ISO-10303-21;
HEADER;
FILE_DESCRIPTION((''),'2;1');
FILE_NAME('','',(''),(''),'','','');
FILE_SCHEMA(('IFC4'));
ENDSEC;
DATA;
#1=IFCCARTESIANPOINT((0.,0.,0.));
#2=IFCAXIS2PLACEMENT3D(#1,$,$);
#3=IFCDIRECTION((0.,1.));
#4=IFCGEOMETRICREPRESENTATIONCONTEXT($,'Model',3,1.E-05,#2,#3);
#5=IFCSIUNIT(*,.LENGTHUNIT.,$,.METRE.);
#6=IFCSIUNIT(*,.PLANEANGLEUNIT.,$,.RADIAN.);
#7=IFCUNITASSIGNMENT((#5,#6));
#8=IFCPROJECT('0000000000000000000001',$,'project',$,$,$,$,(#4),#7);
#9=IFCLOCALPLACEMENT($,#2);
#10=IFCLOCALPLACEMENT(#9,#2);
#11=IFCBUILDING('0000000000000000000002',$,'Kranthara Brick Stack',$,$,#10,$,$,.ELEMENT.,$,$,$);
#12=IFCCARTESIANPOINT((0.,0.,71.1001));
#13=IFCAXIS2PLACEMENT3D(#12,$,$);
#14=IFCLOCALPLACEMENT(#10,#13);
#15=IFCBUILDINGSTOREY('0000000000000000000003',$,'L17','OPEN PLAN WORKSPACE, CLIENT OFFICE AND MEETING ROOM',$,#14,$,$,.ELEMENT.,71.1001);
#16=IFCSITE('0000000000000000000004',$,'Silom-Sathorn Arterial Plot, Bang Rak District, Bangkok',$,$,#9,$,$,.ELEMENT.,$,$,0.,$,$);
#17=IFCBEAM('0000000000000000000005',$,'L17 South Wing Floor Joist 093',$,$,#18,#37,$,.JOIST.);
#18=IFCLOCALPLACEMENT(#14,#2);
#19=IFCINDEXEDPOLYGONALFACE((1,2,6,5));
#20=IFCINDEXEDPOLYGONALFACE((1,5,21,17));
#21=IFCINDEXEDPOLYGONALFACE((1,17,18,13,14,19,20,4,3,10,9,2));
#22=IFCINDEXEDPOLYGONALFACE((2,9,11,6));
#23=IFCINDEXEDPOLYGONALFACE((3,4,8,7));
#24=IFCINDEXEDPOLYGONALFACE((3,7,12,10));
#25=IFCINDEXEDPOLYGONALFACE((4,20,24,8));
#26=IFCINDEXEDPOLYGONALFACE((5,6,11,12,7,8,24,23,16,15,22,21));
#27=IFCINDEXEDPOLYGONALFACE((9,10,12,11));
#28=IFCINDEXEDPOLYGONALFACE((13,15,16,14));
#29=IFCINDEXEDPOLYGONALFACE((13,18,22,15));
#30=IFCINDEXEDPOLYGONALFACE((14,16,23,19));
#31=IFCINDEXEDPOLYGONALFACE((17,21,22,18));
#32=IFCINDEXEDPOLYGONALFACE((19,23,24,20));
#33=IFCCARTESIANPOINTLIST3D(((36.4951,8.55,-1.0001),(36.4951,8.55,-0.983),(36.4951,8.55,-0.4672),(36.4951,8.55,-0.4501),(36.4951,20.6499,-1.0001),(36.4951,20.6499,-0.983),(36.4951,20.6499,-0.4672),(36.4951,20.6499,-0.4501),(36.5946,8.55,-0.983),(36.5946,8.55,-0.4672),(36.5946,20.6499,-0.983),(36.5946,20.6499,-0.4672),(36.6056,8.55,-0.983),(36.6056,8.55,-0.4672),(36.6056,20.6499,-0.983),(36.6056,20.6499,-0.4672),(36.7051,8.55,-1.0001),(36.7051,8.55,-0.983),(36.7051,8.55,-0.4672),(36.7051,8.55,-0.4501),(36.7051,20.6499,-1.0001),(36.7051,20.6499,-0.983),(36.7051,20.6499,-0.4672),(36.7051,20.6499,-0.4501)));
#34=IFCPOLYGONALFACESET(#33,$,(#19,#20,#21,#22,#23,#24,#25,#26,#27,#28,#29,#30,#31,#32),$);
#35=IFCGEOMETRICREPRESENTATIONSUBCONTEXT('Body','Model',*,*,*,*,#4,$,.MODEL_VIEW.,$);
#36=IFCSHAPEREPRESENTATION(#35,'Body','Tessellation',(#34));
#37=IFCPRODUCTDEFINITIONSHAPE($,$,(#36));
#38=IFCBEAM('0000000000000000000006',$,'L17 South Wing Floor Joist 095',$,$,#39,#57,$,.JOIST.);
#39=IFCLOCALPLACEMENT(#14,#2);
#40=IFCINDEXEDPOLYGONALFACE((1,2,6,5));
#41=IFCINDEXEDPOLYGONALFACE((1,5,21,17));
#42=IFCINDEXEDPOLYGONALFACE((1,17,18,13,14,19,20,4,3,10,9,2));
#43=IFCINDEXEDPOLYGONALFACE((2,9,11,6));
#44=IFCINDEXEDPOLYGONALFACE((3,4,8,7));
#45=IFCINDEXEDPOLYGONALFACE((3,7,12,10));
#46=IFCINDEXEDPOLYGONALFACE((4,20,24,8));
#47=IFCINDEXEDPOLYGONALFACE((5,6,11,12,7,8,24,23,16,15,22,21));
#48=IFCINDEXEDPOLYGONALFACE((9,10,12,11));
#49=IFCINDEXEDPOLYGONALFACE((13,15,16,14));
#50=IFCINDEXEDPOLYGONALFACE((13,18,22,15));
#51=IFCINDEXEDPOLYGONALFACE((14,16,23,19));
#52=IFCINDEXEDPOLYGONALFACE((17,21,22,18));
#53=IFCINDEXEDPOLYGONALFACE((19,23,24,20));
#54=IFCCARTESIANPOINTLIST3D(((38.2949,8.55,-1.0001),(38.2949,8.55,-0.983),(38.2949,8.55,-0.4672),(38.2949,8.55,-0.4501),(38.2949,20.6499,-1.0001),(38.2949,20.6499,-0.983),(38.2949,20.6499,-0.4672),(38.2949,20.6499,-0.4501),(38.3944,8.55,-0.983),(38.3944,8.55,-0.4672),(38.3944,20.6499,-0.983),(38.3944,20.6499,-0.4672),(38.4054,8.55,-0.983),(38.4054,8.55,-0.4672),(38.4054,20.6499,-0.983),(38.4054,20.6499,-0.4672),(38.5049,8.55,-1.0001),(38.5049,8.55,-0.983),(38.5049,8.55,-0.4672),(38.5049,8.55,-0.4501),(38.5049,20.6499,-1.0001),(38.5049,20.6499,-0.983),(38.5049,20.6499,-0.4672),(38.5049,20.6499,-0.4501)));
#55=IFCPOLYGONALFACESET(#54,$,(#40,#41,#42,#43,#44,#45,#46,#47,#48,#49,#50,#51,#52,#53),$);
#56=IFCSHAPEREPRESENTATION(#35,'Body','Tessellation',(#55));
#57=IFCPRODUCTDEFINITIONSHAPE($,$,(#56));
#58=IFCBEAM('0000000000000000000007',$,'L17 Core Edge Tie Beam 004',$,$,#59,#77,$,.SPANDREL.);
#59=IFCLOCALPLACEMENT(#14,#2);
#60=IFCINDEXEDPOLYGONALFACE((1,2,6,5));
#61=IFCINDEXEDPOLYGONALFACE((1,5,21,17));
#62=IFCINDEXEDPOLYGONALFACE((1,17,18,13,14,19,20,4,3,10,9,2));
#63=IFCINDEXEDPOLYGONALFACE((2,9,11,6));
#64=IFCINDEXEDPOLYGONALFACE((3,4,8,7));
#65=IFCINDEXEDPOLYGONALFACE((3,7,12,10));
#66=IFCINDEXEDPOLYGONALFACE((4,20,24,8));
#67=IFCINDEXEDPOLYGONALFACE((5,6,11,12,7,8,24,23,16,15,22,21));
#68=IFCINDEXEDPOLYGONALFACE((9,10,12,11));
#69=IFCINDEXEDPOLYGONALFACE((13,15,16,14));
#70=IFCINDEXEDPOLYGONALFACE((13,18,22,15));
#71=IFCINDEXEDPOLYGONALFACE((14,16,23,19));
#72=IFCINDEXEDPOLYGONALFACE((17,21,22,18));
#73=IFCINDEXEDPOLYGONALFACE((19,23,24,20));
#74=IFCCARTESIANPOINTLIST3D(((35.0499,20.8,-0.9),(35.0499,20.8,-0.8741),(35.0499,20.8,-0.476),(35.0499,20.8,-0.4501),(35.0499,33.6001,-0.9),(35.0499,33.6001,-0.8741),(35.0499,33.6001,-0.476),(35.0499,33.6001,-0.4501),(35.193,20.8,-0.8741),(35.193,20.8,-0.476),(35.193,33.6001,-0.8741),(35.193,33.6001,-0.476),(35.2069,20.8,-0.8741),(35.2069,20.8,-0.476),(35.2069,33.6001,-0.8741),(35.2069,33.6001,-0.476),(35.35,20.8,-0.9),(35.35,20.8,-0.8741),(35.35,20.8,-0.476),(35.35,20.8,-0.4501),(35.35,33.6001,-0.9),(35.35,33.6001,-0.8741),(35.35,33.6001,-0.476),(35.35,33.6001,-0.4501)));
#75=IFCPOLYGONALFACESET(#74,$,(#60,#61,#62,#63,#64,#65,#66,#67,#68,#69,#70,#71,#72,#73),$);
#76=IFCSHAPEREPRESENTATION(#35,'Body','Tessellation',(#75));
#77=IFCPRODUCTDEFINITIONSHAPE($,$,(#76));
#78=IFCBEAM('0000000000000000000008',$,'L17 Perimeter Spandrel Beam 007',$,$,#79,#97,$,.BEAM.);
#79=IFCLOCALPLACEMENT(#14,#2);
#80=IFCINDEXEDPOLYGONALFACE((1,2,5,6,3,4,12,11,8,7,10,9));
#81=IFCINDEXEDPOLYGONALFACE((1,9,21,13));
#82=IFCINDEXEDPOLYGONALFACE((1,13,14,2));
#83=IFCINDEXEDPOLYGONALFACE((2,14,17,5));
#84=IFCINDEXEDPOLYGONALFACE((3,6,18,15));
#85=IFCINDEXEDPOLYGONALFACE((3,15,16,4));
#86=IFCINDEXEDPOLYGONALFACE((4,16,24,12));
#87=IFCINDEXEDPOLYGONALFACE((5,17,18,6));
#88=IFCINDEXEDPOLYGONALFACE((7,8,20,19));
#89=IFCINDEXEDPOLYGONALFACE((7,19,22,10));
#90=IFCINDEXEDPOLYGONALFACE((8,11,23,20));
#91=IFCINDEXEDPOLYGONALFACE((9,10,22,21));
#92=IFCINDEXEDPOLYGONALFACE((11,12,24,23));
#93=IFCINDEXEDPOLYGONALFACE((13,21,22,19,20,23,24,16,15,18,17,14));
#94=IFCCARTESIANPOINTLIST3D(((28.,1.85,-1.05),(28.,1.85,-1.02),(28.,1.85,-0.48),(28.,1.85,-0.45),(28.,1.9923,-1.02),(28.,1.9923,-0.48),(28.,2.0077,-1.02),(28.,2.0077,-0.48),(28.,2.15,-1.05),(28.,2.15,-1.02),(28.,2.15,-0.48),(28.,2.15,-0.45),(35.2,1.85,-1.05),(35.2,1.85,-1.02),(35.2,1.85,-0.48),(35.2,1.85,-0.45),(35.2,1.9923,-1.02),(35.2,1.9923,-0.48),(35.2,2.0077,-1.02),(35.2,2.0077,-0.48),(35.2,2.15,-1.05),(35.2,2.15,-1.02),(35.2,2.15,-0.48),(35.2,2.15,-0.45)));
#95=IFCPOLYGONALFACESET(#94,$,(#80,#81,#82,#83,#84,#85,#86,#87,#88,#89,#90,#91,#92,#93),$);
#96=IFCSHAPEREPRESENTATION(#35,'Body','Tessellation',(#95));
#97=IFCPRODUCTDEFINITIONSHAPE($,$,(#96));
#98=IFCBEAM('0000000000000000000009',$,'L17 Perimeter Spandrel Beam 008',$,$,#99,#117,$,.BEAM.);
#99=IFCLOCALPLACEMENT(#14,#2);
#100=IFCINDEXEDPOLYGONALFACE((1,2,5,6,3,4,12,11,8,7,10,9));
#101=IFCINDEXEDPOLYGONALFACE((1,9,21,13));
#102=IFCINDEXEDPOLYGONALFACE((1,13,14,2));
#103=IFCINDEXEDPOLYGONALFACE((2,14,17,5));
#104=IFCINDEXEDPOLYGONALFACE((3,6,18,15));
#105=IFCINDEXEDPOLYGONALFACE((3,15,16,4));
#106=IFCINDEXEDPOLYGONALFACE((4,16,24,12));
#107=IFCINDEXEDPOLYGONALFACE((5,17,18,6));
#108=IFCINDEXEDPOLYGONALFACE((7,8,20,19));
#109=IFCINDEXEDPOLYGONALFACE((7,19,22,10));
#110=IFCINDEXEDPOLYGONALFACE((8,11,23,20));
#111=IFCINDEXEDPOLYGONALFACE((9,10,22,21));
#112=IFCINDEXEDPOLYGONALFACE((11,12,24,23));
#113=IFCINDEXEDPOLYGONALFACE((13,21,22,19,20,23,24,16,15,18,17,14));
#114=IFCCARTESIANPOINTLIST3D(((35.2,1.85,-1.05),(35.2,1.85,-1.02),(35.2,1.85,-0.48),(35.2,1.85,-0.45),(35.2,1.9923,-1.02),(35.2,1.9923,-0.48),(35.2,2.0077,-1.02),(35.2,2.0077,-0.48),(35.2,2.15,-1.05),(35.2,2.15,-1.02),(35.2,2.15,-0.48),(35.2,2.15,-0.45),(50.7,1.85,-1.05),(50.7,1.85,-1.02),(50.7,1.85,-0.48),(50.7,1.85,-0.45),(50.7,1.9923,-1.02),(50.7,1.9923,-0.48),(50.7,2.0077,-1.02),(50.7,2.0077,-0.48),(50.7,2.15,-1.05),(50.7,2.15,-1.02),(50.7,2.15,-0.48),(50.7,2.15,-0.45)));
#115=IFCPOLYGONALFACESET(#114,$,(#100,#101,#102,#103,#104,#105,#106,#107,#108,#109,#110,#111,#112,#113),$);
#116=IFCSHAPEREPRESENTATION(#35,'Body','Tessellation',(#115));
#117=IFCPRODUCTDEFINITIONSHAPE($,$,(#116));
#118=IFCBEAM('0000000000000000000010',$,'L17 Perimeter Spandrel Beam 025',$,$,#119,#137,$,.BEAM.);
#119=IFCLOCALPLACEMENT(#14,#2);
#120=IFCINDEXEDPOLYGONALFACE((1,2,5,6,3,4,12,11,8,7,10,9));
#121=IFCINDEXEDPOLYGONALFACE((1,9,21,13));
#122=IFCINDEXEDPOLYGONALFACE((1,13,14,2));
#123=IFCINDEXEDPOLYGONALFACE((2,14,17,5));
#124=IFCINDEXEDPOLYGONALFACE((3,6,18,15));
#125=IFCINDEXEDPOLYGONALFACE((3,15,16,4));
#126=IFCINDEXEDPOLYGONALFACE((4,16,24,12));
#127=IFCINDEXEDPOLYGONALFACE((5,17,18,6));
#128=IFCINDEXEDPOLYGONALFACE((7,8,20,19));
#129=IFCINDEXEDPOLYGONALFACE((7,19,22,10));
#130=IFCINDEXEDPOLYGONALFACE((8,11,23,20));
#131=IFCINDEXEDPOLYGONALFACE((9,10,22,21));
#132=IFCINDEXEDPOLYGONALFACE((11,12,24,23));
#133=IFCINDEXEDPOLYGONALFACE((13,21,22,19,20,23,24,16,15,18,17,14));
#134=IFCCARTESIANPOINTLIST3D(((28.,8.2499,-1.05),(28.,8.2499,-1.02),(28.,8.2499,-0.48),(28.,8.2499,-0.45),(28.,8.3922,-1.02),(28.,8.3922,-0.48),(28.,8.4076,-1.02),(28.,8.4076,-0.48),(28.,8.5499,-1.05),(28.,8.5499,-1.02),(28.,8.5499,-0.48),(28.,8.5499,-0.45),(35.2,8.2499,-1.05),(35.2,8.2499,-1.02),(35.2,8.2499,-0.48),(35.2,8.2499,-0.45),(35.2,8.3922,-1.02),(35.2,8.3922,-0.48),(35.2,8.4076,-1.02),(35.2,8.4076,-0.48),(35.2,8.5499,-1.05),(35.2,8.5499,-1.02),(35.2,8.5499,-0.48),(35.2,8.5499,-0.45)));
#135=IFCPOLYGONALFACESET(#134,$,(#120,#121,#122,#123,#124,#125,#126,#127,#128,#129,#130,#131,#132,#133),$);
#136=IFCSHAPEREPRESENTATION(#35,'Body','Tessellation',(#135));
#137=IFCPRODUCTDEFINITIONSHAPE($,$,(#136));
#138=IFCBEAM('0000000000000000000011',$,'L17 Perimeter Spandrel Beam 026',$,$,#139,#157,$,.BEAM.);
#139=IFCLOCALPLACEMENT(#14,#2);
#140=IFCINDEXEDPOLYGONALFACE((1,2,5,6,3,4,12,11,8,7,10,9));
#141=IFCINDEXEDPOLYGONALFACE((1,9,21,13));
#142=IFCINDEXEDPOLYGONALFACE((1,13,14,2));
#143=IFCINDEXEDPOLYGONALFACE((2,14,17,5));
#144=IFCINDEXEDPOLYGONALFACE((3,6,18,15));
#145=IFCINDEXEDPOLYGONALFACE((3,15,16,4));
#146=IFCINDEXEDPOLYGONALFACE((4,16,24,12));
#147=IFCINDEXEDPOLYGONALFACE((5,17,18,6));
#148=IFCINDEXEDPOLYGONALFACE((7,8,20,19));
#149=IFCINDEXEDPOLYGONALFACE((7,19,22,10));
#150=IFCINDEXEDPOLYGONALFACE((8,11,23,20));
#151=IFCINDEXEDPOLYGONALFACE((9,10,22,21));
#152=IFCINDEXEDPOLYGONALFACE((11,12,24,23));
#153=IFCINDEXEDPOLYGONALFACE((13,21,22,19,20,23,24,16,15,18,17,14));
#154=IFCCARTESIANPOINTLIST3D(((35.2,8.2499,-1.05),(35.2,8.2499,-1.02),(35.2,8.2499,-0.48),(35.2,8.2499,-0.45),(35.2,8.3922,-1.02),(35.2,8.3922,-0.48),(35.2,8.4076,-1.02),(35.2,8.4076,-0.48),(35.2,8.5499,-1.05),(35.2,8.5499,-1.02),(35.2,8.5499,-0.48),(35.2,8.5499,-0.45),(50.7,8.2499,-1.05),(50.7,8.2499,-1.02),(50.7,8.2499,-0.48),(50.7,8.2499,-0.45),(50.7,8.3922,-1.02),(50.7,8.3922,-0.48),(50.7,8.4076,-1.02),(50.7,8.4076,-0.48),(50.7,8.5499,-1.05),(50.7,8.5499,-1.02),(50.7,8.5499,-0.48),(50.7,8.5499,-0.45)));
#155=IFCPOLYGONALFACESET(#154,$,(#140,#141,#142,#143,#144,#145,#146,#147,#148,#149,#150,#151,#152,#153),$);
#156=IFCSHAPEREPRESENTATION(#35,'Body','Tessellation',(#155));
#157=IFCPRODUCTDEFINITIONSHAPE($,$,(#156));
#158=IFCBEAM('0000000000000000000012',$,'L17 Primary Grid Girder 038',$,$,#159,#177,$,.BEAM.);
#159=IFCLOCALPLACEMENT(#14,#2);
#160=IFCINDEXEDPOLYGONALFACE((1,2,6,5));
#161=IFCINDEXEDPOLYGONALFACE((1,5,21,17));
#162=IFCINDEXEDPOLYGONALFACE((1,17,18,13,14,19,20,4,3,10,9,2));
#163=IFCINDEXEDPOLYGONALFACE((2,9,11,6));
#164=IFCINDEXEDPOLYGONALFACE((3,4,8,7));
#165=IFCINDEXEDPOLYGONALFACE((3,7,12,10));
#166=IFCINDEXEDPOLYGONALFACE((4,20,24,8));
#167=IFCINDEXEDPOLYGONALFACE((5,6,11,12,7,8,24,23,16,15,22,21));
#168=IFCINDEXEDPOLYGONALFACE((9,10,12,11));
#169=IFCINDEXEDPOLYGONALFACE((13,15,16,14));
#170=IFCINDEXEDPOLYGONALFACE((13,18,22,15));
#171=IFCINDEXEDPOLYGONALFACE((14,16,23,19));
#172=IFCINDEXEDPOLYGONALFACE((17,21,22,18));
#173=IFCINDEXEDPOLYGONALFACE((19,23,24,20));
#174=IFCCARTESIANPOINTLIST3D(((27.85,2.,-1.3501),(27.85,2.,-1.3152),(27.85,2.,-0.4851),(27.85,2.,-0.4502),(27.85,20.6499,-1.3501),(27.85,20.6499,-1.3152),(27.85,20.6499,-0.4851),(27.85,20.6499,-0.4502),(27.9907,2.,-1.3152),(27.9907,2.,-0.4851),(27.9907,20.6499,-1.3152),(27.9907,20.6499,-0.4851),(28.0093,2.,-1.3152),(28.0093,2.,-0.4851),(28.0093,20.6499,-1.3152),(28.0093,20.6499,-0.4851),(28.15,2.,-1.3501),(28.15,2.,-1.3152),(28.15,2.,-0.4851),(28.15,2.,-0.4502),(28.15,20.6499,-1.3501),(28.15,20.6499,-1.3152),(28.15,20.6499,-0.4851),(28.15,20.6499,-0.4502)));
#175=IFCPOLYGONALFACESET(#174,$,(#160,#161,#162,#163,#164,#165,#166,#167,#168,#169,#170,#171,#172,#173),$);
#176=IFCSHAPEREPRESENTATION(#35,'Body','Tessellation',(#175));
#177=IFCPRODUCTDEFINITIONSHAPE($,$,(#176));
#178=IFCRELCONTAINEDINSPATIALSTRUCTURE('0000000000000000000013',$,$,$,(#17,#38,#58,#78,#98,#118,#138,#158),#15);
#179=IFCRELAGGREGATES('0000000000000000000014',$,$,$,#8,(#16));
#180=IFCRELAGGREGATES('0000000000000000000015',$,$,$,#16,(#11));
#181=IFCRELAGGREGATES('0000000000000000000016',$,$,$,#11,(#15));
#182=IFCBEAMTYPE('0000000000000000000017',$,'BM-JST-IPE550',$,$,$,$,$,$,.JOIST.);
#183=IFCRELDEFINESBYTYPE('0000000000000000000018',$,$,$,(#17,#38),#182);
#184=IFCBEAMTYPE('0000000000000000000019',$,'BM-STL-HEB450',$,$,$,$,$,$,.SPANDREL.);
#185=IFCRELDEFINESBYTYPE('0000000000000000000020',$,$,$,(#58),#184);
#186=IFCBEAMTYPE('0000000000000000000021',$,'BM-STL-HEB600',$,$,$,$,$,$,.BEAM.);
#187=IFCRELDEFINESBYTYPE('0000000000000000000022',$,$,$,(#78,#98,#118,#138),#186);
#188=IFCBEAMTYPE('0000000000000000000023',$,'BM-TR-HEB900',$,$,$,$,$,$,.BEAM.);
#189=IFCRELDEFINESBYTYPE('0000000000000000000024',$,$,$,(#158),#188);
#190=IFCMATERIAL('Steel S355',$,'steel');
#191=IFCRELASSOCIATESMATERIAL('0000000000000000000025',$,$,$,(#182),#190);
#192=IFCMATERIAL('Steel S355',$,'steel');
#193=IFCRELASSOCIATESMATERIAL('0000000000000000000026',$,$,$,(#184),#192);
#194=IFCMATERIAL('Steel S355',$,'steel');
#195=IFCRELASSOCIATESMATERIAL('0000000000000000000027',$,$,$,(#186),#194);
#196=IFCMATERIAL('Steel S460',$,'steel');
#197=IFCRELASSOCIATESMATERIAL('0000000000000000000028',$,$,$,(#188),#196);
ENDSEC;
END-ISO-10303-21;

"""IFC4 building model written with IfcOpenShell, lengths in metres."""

from ifc_helpers import new_model, si_unit, direction, frame, origin, origin_2d, place, context, subcontext, project, spatial, i_section, extrude, material, material_profile, profile_set, type_object, element, save


model = new_model("IFC4")

# Units and contexts
model_context = context("Model", 3, precision=1e-05, world=origin(), true_north=direction((0.0, 1.0)))
body_context = subcontext(model_context, "Body", "Model", "MODEL_VIEW")
ifc_project = project(units=[si_unit("LENGTHUNIT", "METRE"), si_unit("PLANEANGLEUNIT", "RADIAN")], contexts=[model_context])

# Site, building, storey
site_placement = place(None, origin())
site = spatial("IfcSite", under=ifc_project, at=site_placement, Name="Silom-Sathorn Arterial Plot, Bang Rak District, Bangkok", CompositionType="ELEMENT", RefElevation=0.0)
building_placement = place(site_placement, origin())
building = spatial("IfcBuilding", under=site, at=building_placement, Name="Kranthara Brick Stack", CompositionType="ELEMENT")
storey_placement = place(building_placement, frame((0.0, 0.0, 71.1001)))
storey = spatial("IfcBuildingStorey", under=building, at=storey_placement, Name="L17", Description="OPEN PLAN WORKSPACE, CLIENT OFFICE AND MEETING ROOM", CompositionType="ELEMENT", Elevation=71.1001)

# Beams
ifc_material_1 = material(Name="Steel S355", Category="steel")
ifc_material_profile_1 = material_profile(ifc_material_1, i_section(OverallWidth=0.21, OverallDepth=0.55, WebThickness=0.011, FlangeThickness=0.0171, at=origin_2d()), Name="IPE 550")
ifc_profile_set_1 = profile_set([ifc_material_profile_1], Name="Steel S355")
beam_type_1 = type_object("IfcBeamType", Name="BM-JST-IPE550", PredefinedType="JOIST", material=ifc_profile_set_1)
for number, where, z_axis, x_axis, name in (
    (1, (36.6001, 8.55, -0.7251), (0.0, 1.0, 0.0), (-1.0, 0.0, 0.0), "L17 South Wing Floor Joist 093"),
    (2, (38.3999, 8.55, -0.7251), (0.0, 1.0, 0.0), (-1.0, 0.0, 0.0), "L17 South Wing Floor Joist 095"),
):
    element("IfcBeam", number, at=place(storey_placement, frame(where, z_axis=z_axis, x_axis=x_axis)), inside=storey, type_object=beam_type_1, Name=name, PredefinedType="JOIST", context=body_context, shape_type="SweptSolid", body=[
        extrude(i_section(OverallWidth=0.21, OverallDepth=0.55, WebThickness=0.011, FlangeThickness=0.0171, at=origin_2d()), origin(), (0.0, 0.0, 1.0), 12.0999),
    ])
ifc_material_2 = material(Name="Steel S355", Category="steel")
ifc_material_profile_2 = material_profile(ifc_material_2, i_section(OverallWidth=0.3, OverallDepth=0.45, WebThickness=0.0139, FlangeThickness=0.0259, at=origin_2d()), Name="HEB 450")
ifc_profile_set_2 = profile_set([ifc_material_profile_2], Name="Steel S355")
beam_type_2 = type_object("IfcBeamType", Name="BM-STL-HEB450", PredefinedType="SPANDREL", material=ifc_profile_set_2)
beam_1_placement = place(storey_placement, frame((35.2, 20.8, -0.675), z_axis=(0.0, 1.0, 0.0), x_axis=(-1.0, 0.0, 0.0)))
element("IfcBeam", 3, at=beam_1_placement, inside=storey, type_object=beam_type_2, Name="L17 Core Edge Tie Beam 004", PredefinedType="SPANDREL", context=body_context, shape_type="SweptSolid", body=[
    extrude(i_section(OverallWidth=0.3, OverallDepth=0.45, WebThickness=0.0139, FlangeThickness=0.0259, at=origin_2d()), origin(), (0.0, 0.0, 1.0), 12.8),
])
ifc_material_3 = material(Name="Steel S355", Category="steel")
ifc_material_profile_3 = material_profile(ifc_material_3, i_section(OverallWidth=0.3, OverallDepth=0.6001, WebThickness=0.0154, FlangeThickness=0.03, at=origin_2d()), Name="HEB 600")
ifc_profile_set_3 = profile_set([ifc_material_profile_3], Name="Steel S355")
beam_type_3 = type_object("IfcBeamType", Name="BM-STL-HEB600", PredefinedType="BEAM", material=ifc_profile_set_3)
beam_2_placement = place(storey_placement, frame((28.0, 2.0, -0.75), z_axis=(1.0, 0.0, 0.0), x_axis=(0.0, 1.0, 0.0)))
element("IfcBeam", 4, at=beam_2_placement, inside=storey, type_object=beam_type_3, Name="L17 Perimeter Spandrel Beam 007", PredefinedType="BEAM", context=body_context, shape_type="SweptSolid", body=[
    extrude(i_section(OverallWidth=0.3, OverallDepth=0.6001, WebThickness=0.0154, FlangeThickness=0.03, at=origin_2d()), origin(), (0.0, 0.0, 1.0), 7.2),
])
beam_3_placement = place(storey_placement, frame((35.2, 2.0, -0.75), z_axis=(1.0, 0.0, 0.0), x_axis=(0.0, 1.0, 0.0)))
element("IfcBeam", 5, at=beam_3_placement, inside=storey, type_object=beam_type_3, Name="L17 Perimeter Spandrel Beam 008", PredefinedType="BEAM", context=body_context, shape_type="SweptSolid", body=[
    extrude(i_section(OverallWidth=0.3, OverallDepth=0.6001, WebThickness=0.0154, FlangeThickness=0.03, at=origin_2d()), origin(), (0.0, 0.0, 1.0), 15.5),
])
beam_4_placement = place(storey_placement, frame((28.0, 8.3999, -0.75), z_axis=(1.0, 0.0, 0.0), x_axis=(0.0, 1.0, 0.0)))
element("IfcBeam", 6, at=beam_4_placement, inside=storey, type_object=beam_type_3, Name="L17 Perimeter Spandrel Beam 025", PredefinedType="BEAM", context=body_context, shape_type="SweptSolid", body=[
    extrude(i_section(OverallWidth=0.3, OverallDepth=0.6001, WebThickness=0.0154, FlangeThickness=0.03, at=origin_2d()), origin(), (0.0, 0.0, 1.0), 7.2),
])
beam_5_placement = place(storey_placement, frame((35.2, 8.3999, -0.75), z_axis=(1.0, 0.0, 0.0), x_axis=(0.0, 1.0, 0.0)))
element("IfcBeam", 7, at=beam_5_placement, inside=storey, type_object=beam_type_3, Name="L17 Perimeter Spandrel Beam 026", PredefinedType="BEAM", context=body_context, shape_type="SweptSolid", body=[
    extrude(i_section(OverallWidth=0.3, OverallDepth=0.6001, WebThickness=0.0154, FlangeThickness=0.03, at=origin_2d()), origin(), (0.0, 0.0, 1.0), 15.5),
])
ifc_material_4 = material(Name="Steel S460", Category="steel")
ifc_material_profile_4 = material_profile(ifc_material_4, i_section(OverallWidth=0.3, OverallDepth=0.8999, WebThickness=0.0186, FlangeThickness=0.0349, at=origin_2d()), Name="HEB 900")
ifc_profile_set_4 = profile_set([ifc_material_profile_4], Name="Steel S460")
beam_type_4 = type_object("IfcBeamType", Name="BM-TR-HEB900", PredefinedType="BEAM", material=ifc_profile_set_4)
beam_6_placement = place(storey_placement, frame((28.0, 2.0, -0.9001), z_axis=(0.0, 1.0, 0.0), x_axis=(-1.0, 0.0, 0.0)))
element("IfcBeam", 8, at=beam_6_placement, inside=storey, type_object=beam_type_4, Name="L17 Primary Grid Girder 038", PredefinedType="BEAM", context=body_context, shape_type="SweptSolid", body=[
    extrude(i_section(OverallWidth=0.3, OverallDepth=0.8999, WebThickness=0.0186, FlangeThickness=0.0349, at=origin_2d()), origin(), (0.0, 0.0, 1.0), 18.6499),
])

save(model, "model.ifc")
